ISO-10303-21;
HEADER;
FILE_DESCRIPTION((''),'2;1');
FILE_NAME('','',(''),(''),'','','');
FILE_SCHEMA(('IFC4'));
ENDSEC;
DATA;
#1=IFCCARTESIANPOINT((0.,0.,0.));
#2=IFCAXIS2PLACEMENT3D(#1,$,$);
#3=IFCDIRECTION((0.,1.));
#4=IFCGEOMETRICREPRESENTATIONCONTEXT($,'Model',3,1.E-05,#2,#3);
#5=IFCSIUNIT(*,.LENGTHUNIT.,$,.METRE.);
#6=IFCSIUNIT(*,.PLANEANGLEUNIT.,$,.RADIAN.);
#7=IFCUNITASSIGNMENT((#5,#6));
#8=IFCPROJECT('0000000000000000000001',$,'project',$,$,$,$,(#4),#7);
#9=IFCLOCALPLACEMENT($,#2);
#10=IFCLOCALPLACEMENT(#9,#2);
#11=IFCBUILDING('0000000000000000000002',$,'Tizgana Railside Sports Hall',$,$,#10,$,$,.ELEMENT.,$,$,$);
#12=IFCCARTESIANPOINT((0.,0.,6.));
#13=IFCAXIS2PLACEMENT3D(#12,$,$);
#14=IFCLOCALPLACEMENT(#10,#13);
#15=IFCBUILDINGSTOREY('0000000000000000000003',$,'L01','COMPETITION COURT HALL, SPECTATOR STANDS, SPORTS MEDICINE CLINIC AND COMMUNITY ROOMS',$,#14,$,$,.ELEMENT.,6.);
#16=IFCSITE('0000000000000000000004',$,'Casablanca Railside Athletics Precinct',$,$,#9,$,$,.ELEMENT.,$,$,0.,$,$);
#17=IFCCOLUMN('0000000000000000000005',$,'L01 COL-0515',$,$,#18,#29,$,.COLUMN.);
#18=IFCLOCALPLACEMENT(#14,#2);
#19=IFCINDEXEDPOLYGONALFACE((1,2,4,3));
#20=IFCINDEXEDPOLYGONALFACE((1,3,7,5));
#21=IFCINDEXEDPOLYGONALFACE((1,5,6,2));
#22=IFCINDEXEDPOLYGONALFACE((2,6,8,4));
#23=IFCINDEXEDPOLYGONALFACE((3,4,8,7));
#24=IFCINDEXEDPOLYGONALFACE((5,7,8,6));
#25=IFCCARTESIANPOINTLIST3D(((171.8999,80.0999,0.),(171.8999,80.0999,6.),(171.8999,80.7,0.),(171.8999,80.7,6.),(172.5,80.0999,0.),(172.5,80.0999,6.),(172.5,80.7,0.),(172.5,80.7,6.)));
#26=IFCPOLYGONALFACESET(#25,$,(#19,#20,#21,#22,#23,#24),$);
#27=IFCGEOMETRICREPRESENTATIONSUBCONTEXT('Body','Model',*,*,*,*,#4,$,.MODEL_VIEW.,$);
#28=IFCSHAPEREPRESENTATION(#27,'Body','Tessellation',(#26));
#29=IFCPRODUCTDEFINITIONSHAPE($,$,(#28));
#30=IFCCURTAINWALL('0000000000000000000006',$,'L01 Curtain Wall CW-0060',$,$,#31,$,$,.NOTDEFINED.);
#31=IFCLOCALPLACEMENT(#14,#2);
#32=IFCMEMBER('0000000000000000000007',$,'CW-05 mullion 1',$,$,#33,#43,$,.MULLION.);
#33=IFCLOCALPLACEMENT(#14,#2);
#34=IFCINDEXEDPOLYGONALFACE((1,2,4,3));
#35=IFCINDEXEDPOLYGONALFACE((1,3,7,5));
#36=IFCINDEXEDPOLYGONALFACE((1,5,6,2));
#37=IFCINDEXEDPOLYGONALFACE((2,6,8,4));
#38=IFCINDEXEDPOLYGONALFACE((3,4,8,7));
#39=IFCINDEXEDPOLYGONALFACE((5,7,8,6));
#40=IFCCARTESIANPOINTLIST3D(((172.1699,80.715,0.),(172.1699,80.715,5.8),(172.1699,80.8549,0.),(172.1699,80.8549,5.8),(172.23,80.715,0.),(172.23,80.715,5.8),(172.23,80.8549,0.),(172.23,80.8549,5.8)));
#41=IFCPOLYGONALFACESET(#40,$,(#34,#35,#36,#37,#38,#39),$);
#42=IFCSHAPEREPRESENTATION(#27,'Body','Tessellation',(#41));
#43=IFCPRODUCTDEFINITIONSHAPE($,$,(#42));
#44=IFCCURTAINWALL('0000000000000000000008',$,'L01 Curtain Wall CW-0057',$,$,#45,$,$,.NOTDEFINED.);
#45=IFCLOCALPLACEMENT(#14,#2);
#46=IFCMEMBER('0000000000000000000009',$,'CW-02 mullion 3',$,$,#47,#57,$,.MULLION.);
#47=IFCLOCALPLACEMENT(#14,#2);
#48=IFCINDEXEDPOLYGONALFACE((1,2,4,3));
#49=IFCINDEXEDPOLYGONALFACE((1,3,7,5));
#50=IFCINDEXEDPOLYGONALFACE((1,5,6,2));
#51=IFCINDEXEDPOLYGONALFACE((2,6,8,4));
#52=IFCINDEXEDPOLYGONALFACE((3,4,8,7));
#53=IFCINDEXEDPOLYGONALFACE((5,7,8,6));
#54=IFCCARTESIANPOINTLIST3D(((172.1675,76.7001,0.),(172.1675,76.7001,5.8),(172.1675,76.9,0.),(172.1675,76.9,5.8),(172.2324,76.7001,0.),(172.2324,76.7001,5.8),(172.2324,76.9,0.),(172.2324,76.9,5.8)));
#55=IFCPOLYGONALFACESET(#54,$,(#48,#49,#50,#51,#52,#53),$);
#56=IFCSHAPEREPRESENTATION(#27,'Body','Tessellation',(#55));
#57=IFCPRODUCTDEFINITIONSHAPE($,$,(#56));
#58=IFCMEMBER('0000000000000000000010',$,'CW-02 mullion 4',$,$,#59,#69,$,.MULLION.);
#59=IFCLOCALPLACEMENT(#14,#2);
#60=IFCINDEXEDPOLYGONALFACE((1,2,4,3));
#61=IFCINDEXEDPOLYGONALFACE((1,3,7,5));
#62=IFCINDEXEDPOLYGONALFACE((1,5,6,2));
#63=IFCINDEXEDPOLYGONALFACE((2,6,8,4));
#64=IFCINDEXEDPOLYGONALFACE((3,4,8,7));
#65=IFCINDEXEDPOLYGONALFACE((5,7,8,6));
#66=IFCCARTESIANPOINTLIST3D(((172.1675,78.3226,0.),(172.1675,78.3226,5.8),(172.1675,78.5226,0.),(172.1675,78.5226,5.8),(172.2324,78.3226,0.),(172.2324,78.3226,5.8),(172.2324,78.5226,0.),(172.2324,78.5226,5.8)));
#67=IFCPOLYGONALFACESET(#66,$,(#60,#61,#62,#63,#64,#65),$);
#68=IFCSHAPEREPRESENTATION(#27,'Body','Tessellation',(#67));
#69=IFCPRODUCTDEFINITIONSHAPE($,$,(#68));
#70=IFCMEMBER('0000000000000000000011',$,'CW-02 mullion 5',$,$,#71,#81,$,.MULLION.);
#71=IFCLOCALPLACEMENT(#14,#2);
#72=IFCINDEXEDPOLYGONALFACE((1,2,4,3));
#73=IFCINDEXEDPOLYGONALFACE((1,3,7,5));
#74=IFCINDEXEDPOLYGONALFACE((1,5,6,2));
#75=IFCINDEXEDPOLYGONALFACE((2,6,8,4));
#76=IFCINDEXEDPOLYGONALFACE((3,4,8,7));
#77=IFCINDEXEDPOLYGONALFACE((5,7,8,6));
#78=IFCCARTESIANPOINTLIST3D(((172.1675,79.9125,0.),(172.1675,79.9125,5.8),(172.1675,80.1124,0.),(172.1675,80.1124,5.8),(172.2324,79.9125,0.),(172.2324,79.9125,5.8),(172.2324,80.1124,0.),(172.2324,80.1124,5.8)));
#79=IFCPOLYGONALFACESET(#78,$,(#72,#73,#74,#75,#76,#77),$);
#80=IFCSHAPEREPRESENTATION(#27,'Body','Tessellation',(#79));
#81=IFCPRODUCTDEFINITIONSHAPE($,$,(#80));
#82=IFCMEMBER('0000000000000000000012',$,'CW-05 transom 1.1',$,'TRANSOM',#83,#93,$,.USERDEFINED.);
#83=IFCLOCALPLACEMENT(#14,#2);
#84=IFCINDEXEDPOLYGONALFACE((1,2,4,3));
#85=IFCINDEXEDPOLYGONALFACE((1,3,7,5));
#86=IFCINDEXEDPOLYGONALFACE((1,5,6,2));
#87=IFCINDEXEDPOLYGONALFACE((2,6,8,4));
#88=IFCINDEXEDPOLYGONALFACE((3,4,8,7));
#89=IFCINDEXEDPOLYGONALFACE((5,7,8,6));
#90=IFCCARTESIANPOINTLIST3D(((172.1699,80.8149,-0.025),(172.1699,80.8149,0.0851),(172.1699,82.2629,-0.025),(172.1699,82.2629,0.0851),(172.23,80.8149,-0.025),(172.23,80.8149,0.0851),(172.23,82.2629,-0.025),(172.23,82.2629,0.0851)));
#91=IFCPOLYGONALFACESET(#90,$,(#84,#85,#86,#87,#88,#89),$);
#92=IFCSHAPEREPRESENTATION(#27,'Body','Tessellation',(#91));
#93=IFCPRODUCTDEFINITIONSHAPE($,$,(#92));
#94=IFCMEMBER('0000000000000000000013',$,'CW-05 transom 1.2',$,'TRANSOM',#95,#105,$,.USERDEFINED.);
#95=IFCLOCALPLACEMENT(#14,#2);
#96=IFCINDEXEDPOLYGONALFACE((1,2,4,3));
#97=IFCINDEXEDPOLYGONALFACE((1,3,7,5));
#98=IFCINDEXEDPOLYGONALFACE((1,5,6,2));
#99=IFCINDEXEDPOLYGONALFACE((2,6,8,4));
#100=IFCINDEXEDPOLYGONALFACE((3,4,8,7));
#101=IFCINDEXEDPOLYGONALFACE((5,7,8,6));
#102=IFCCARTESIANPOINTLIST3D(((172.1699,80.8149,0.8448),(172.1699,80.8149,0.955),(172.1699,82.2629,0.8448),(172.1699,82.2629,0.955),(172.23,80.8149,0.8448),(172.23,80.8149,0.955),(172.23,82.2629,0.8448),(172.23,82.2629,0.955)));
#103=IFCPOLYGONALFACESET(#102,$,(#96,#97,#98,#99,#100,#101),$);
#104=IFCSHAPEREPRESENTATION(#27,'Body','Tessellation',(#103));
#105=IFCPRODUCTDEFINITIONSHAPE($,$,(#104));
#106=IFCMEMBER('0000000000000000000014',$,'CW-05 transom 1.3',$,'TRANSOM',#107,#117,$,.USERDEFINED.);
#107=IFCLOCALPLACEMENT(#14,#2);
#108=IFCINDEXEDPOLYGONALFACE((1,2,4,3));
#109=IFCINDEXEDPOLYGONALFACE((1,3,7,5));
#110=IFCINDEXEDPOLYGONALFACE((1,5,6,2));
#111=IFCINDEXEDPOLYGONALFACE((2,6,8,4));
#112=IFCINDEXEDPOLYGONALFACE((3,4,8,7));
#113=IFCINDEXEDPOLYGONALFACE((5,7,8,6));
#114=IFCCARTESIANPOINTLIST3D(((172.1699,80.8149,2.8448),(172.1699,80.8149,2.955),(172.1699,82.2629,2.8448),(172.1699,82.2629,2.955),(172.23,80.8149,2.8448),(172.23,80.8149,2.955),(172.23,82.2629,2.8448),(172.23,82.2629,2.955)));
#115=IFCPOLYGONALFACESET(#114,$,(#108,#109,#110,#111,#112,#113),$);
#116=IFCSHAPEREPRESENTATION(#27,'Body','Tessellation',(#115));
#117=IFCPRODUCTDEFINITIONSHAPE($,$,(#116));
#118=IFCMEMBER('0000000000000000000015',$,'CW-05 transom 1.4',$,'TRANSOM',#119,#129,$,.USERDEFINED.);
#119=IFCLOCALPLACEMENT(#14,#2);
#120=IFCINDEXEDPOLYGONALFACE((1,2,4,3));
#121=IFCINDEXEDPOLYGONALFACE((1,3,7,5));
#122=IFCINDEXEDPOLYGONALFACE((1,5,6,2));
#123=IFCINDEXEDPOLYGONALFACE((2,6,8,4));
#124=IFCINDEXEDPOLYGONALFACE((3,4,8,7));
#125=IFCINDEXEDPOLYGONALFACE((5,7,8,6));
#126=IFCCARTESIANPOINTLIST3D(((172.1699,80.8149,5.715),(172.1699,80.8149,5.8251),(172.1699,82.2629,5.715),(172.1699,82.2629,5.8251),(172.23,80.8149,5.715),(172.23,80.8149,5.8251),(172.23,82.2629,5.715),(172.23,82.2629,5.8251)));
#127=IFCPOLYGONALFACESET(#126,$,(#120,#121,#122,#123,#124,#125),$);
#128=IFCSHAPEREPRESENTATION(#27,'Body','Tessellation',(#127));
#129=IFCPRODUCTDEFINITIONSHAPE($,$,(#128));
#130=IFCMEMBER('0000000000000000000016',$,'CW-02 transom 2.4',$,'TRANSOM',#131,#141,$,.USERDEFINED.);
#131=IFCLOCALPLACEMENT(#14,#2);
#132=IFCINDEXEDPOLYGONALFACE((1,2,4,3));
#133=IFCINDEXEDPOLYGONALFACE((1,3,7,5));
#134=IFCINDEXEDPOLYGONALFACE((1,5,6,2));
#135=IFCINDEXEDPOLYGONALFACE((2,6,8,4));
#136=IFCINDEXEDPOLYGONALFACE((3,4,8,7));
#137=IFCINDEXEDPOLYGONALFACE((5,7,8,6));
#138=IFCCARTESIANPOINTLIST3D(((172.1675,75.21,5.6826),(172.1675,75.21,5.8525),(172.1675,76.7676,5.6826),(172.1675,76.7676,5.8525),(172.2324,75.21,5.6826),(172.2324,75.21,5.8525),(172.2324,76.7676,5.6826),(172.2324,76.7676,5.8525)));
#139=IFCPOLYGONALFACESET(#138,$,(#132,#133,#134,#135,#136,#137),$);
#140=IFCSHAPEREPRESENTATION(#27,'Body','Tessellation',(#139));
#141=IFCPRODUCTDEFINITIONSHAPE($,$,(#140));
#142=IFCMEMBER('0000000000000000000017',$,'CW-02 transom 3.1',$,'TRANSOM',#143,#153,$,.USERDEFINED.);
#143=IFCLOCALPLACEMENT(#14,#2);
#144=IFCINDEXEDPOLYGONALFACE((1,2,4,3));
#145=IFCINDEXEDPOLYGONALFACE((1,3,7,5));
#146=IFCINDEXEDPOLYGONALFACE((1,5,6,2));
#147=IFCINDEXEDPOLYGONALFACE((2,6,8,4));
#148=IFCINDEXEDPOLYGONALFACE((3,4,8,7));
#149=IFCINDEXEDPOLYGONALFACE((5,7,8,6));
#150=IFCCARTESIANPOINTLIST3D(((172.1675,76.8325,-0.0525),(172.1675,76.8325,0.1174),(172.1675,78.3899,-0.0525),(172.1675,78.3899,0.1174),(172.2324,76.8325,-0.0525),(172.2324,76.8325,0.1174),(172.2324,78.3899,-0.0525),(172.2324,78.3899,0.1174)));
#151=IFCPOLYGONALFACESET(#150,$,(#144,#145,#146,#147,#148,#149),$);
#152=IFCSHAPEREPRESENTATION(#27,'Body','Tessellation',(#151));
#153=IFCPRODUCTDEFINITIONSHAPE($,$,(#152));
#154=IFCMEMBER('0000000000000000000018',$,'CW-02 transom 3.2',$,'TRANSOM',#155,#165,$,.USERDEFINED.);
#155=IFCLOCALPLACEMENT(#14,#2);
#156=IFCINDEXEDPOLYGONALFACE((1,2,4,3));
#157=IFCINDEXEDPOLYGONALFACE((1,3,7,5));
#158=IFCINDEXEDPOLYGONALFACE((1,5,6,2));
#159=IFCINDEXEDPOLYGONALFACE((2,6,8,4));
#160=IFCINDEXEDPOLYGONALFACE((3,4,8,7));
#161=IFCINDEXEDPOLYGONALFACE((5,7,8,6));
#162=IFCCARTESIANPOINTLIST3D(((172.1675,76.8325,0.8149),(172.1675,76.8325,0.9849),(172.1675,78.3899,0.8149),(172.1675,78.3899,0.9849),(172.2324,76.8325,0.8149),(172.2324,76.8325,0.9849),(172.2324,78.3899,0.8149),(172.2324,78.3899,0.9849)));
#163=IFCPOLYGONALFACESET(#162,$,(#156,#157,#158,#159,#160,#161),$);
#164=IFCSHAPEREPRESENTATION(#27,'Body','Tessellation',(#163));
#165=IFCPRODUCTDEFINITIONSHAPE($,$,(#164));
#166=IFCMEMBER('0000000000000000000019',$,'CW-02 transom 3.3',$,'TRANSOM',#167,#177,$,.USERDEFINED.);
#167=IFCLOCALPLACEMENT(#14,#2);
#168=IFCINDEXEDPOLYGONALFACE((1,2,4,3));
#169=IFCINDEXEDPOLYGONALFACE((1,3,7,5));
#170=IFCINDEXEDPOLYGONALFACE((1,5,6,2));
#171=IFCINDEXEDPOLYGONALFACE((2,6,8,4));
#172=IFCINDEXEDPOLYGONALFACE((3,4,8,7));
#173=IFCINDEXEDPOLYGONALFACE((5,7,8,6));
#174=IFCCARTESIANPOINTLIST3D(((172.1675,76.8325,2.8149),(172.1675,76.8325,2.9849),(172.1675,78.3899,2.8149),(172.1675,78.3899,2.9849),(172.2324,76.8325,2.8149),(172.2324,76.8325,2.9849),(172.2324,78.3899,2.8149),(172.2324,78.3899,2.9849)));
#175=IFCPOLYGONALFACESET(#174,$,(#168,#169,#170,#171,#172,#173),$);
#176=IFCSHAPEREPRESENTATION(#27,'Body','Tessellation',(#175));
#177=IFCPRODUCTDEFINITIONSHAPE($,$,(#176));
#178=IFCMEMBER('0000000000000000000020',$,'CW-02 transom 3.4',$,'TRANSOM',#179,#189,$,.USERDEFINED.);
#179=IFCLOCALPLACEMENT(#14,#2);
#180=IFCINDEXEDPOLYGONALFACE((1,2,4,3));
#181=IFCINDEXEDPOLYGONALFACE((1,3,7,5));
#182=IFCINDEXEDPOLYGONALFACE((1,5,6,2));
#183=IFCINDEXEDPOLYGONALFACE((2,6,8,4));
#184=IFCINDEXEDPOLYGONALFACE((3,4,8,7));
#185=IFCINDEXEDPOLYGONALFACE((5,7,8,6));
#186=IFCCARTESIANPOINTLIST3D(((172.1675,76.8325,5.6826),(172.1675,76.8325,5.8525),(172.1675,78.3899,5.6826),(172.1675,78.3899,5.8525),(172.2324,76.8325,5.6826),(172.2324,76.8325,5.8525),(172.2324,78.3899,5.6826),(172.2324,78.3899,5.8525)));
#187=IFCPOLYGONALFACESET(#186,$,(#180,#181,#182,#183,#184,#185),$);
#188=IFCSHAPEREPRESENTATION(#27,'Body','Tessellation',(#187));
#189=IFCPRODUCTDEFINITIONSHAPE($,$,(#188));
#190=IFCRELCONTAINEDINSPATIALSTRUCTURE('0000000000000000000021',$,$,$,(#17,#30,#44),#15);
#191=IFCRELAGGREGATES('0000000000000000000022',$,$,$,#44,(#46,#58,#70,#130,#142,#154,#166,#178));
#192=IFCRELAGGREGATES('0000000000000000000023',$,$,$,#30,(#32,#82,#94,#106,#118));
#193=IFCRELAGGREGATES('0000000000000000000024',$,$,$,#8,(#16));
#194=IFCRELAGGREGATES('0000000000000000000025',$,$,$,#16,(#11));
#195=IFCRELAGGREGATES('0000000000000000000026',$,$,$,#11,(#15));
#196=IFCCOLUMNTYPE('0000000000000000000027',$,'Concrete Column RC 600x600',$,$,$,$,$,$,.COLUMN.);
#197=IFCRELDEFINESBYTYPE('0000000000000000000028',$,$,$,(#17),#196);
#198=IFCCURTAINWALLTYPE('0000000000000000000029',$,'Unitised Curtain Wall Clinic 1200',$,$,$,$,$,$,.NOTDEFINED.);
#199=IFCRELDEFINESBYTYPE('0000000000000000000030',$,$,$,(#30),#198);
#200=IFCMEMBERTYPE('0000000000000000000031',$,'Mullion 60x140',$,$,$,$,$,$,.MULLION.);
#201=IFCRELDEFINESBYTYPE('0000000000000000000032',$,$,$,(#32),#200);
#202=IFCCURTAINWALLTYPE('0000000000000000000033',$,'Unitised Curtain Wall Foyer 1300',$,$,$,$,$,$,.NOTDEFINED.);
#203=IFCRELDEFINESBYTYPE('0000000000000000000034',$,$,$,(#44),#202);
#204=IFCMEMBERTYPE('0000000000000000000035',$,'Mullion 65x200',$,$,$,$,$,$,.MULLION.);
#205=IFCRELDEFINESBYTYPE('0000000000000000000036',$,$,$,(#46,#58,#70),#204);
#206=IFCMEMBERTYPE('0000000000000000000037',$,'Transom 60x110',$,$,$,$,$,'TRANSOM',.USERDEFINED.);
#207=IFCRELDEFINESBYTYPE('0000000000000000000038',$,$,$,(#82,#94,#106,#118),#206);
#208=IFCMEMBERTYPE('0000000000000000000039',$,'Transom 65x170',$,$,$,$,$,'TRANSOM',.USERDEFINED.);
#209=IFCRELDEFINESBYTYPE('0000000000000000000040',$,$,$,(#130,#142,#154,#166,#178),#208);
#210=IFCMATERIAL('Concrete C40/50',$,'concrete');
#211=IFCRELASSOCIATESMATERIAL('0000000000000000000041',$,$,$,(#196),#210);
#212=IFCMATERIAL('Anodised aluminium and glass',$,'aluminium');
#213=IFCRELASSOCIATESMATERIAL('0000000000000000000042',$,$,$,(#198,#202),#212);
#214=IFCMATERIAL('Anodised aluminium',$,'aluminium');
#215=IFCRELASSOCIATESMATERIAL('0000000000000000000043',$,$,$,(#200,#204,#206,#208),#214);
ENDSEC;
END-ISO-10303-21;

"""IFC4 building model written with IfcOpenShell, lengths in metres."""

from ifc_helpers import new_model, si_unit, direction, frame, origin, origin_2d, place, context, subcontext, project, spatial, rectangle, extrude, material, material_profile, profile_set, type_object, element, aggregate, save


model = new_model("IFC4")

# Units and contexts
model_context = context("Model", 3, precision=1e-05, world=origin(), true_north=direction((0.0, 1.0)))
body_context = subcontext(model_context, "Body", "Model", "MODEL_VIEW")
ifc_project = project(units=[si_unit("LENGTHUNIT", "METRE"), si_unit("PLANEANGLEUNIT", "RADIAN")], contexts=[model_context])

# Site, building, storey
site_placement = place(None, origin())
site = spatial("IfcSite", under=ifc_project, at=site_placement, Name="Casablanca Railside Athletics Precinct", CompositionType="ELEMENT", RefElevation=0.0)
building_placement = place(site_placement, origin())
building = spatial("IfcBuilding", under=site, at=building_placement, Name="Tizgana Railside Sports Hall", CompositionType="ELEMENT")
storey_placement = place(building_placement, frame((0.0, 0.0, 6.0)))
storey = spatial("IfcBuildingStorey", under=building, at=storey_placement, Name="L01", Description="COMPETITION COURT HALL, SPECTATOR STANDS, SPORTS MEDICINE CLINIC AND COMMUNITY ROOMS", CompositionType="ELEMENT", Elevation=6.0)

# Column
ifc_material_1 = material(Name="Concrete C40/50", Category="concrete")
ifc_material_profile_1 = material_profile(ifc_material_1, rectangle(XDim=0.6001, YDim=0.6001, at=origin_2d()), Name="RC 600x600")
ifc_profile_set_1 = profile_set([ifc_material_profile_1], Name="Concrete C40/50")
column_type = type_object("IfcColumnType", Name="Concrete Column RC 600x600", PredefinedType="COLUMN", material=ifc_profile_set_1)
column_placement = place(storey_placement, frame((172.2, 80.3999, 0.0), z_axis=(0.0, 0.0, 1.0), x_axis=(1.0, 0.0, 0.0)))
element("IfcColumn", 1, at=column_placement, inside=storey, type_object=column_type, Name="L01 COL-0515", PredefinedType="COLUMN", context=body_context, shape_type="SweptSolid", body=[
    extrude(rectangle(XDim=0.6001, YDim=0.6001, at=origin_2d()), origin(), (0.0, 0.0, 1.0), 6.0),
])

# Curtain wall, member
ifc_material_2 = material(Name="Anodised aluminium and glass", Category="aluminium")
curtain_wall_type_1 = type_object("IfcCurtainWallType", Name="Unitised Curtain Wall Clinic 1200", PredefinedType="NOTDEFINED", material=ifc_material_2)
curtain_wall_1_placement = place(storey_placement, origin())
curtain_wall_1 = element("IfcCurtainWall", 2, at=curtain_wall_1_placement, inside=storey, type_object=curtain_wall_type_1, Name="L01 Curtain Wall CW-0060", PredefinedType="NOTDEFINED")
ifc_material_3 = material(Name="Anodised aluminium", Category="aluminium")
ifc_material_profile_2 = material_profile(ifc_material_3, rectangle(XDim=0.0601, YDim=0.1399, at=origin_2d()), Name="Mullion 60x140")
ifc_profile_set_2 = profile_set([ifc_material_profile_2], Name="Anodised aluminium")
member_type_1 = type_object("IfcMemberType", Name="Mullion 60x140", PredefinedType="MULLION", material=ifc_profile_set_2)
member_1_placement = place(storey_placement, frame((172.2, 80.7849, 0.0), z_axis=(0.0, 0.0, 1.0), x_axis=(-1.0, 0.0, 0.0)))
member_1 = element("IfcMember", 3, at=member_1_placement, type_object=member_type_1, Name="CW-05 mullion 1", PredefinedType="MULLION", context=body_context, shape_type="SweptSolid", body=[
    extrude(rectangle(XDim=0.0601, YDim=0.1399, at=origin_2d()), origin(), (0.0, 0.0, 1.0), 5.8),
])

# Curtain wall, members
curtain_wall_type_2 = type_object("IfcCurtainWallType", Name="Unitised Curtain Wall Foyer 1300", PredefinedType="NOTDEFINED", material=ifc_material_2)
curtain_wall_2_placement = place(storey_placement, origin())
curtain_wall_2 = element("IfcCurtainWall", 4, at=curtain_wall_2_placement, inside=storey, type_object=curtain_wall_type_2, Name="L01 Curtain Wall CW-0057", PredefinedType="NOTDEFINED")
ifc_material_profile_3 = material_profile(ifc_material_3, rectangle(XDim=0.0649, YDim=0.2, at=origin_2d()), Name="Mullion 65x200")
ifc_profile_set_3 = profile_set([ifc_material_profile_3], Name="Anodised aluminium")
member_type_2 = type_object("IfcMemberType", Name="Mullion 65x200", PredefinedType="MULLION", material=ifc_profile_set_3)
member_2_placement = place(storey_placement, frame((172.2, 76.8, 0.0), z_axis=(0.0, 0.0, 1.0), x_axis=(-1.0, 0.0, 0.0)))
member_2 = element("IfcMember", 5, at=member_2_placement, type_object=member_type_2, Name="CW-02 mullion 3", PredefinedType="MULLION", context=body_context, shape_type="SweptSolid", body=[
    extrude(rectangle(XDim=0.0649, YDim=0.2, at=origin_2d()), origin(), (0.0, 0.0, 1.0), 5.8),
])
member_3_placement = place(storey_placement, frame((172.2, 78.4226, 0.0), z_axis=(0.0, 0.0, 1.0), x_axis=(-1.0, 0.0, 0.0)))
member_3 = element("IfcMember", 6, at=member_3_placement, type_object=member_type_2, Name="CW-02 mullion 4", PredefinedType="MULLION", context=body_context, shape_type="SweptSolid", body=[
    extrude(rectangle(XDim=0.0649, YDim=0.2, at=origin_2d()), origin(), (0.0, 0.0, 1.0), 5.8),
])
member_4_placement = place(storey_placement, frame((172.2, 80.0125, 0.0), z_axis=(0.0, 0.0, 1.0), x_axis=(-1.0, 0.0, 0.0)))
member_4 = element("IfcMember", 7, at=member_4_placement, type_object=member_type_2, Name="CW-02 mullion 5", PredefinedType="MULLION", context=body_context, shape_type="SweptSolid", body=[
    extrude(rectangle(XDim=0.0649, YDim=0.2, at=origin_2d()), origin(), (0.0, 0.0, 1.0), 5.8),
])

# Members
ifc_material_profile_4 = material_profile(ifc_material_3, rectangle(XDim=0.0601, YDim=0.1101, at=origin_2d()), Name="Transom 60x110")
ifc_profile_set_4 = profile_set([ifc_material_profile_4], Name="Anodised aluminium")
member_type_3 = type_object("IfcMemberType", Name="Transom 60x110", ElementType="TRANSOM", PredefinedType="USERDEFINED", material=ifc_profile_set_4)
member_5_placement = place(storey_placement, frame((172.2, 80.8149, 0.03), z_axis=(0.0, 1.0, 0.0), x_axis=(-1.0, 0.0, 0.0)))
member_5 = element("IfcMember", 8, at=member_5_placement, type_object=member_type_3, Name="CW-05 transom 1.1", ObjectType="TRANSOM", PredefinedType="USERDEFINED", context=body_context, shape_type="SweptSolid", body=[
    extrude(rectangle(XDim=0.0601, YDim=0.1101, at=origin_2d()), origin(), (0.0, 0.0, 1.0), 1.448),
])
member_6_placement = place(storey_placement, frame((172.2, 80.8149, 0.8999), z_axis=(0.0, 1.0, 0.0), x_axis=(-1.0, 0.0, 0.0)))
member_6 = element("IfcMember", 9, at=member_6_placement, type_object=member_type_3, Name="CW-05 transom 1.2", ObjectType="TRANSOM", PredefinedType="USERDEFINED", context=body_context, shape_type="SweptSolid", body=[
    extrude(rectangle(XDim=0.0601, YDim=0.1101, at=origin_2d()), origin(), (0.0, 0.0, 1.0), 1.448),
])
member_7_placement = place(storey_placement, frame((172.2, 80.8149, 2.8999), z_axis=(0.0, 1.0, 0.0), x_axis=(-1.0, 0.0, 0.0)))
member_7 = element("IfcMember", 10, at=member_7_placement, type_object=member_type_3, Name="CW-05 transom 1.3", ObjectType="TRANSOM", PredefinedType="USERDEFINED", context=body_context, shape_type="SweptSolid", body=[
    extrude(rectangle(XDim=0.0601, YDim=0.1101, at=origin_2d()), origin(), (0.0, 0.0, 1.0), 1.448),
])
member_8_placement = place(storey_placement, frame((172.2, 80.8149, 5.77), z_axis=(0.0, 1.0, 0.0), x_axis=(-1.0, 0.0, 0.0)))
member_8 = element("IfcMember", 11, at=member_8_placement, type_object=member_type_3, Name="CW-05 transom 1.4", ObjectType="TRANSOM", PredefinedType="USERDEFINED", context=body_context, shape_type="SweptSolid", body=[
    extrude(rectangle(XDim=0.0601, YDim=0.1101, at=origin_2d()), origin(), (0.0, 0.0, 1.0), 1.448),
])
ifc_material_profile_5 = material_profile(ifc_material_3, rectangle(XDim=0.0649, YDim=0.1699, at=origin_2d()), Name="Transom 65x170")
ifc_profile_set_5 = profile_set([ifc_material_profile_5], Name="Anodised aluminium")
member_type_4 = type_object("IfcMemberType", Name="Transom 65x170", ElementType="TRANSOM", PredefinedType="USERDEFINED", material=ifc_profile_set_5)
member_9_placement = place(storey_placement, frame((172.2, 75.21, 5.7676), z_axis=(0.0, 1.0, 0.0), x_axis=(-1.0, 0.0, 0.0)))
member_9 = element("IfcMember", 12, at=member_9_placement, type_object=member_type_4, Name="CW-02 transom 2.4", ObjectType="TRANSOM", PredefinedType="USERDEFINED", context=body_context, shape_type="SweptSolid", body=[
    extrude(rectangle(XDim=0.0649, YDim=0.1699, at=origin_2d()), origin(), (0.0, 0.0, 1.0), 1.5576),
])
member_10_placement = place(storey_placement, frame((172.2, 76.8325, 0.0325), z_axis=(0.0, 1.0, 0.0), x_axis=(-1.0, 0.0, 0.0)))
member_10 = element("IfcMember", 13, at=member_10_placement, type_object=member_type_4, Name="CW-02 transom 3.1", ObjectType="TRANSOM", PredefinedType="USERDEFINED", context=body_context, shape_type="SweptSolid", body=[
    extrude(rectangle(XDim=0.0649, YDim=0.1699, at=origin_2d()), origin(), (0.0, 0.0, 1.0), 1.5574),
])
member_11_placement = place(storey_placement, frame((172.2, 76.8325, 0.8999), z_axis=(0.0, 1.0, 0.0), x_axis=(-1.0, 0.0, 0.0)))
member_11 = element("IfcMember", 14, at=member_11_placement, type_object=member_type_4, Name="CW-02 transom 3.2", ObjectType="TRANSOM", PredefinedType="USERDEFINED", context=body_context, shape_type="SweptSolid", body=[
    extrude(rectangle(XDim=0.0649, YDim=0.1699, at=origin_2d()), origin(), (0.0, 0.0, 1.0), 1.5574),
])
member_12_placement = place(storey_placement, frame((172.2, 76.8325, 2.8999), z_axis=(0.0, 1.0, 0.0), x_axis=(-1.0, 0.0, 0.0)))
member_12 = element("IfcMember", 15, at=member_12_placement, type_object=member_type_4, Name="CW-02 transom 3.3", ObjectType="TRANSOM", PredefinedType="USERDEFINED", context=body_context, shape_type="SweptSolid", body=[
    extrude(rectangle(XDim=0.0649, YDim=0.1699, at=origin_2d()), origin(), (0.0, 0.0, 1.0), 1.5574),
])
member_13_placement = place(storey_placement, frame((172.2, 76.8325, 5.7676), z_axis=(0.0, 1.0, 0.0), x_axis=(-1.0, 0.0, 0.0)))
member_13 = element("IfcMember", 16, at=member_13_placement, type_object=member_type_4, Name="CW-02 transom 3.4", ObjectType="TRANSOM", PredefinedType="USERDEFINED", context=body_context, shape_type="SweptSolid", body=[
    extrude(rectangle(XDim=0.0649, YDim=0.1699, at=origin_2d()), origin(), (0.0, 0.0, 1.0), 1.5574),
])

aggregate(curtain_wall_2, [member_2, member_3, member_4, member_9, member_10, member_11, member_12, member_13])
aggregate(curtain_wall_1, [member_1, member_5, member_6, member_7, member_8])

save(model, "model.ifc")
